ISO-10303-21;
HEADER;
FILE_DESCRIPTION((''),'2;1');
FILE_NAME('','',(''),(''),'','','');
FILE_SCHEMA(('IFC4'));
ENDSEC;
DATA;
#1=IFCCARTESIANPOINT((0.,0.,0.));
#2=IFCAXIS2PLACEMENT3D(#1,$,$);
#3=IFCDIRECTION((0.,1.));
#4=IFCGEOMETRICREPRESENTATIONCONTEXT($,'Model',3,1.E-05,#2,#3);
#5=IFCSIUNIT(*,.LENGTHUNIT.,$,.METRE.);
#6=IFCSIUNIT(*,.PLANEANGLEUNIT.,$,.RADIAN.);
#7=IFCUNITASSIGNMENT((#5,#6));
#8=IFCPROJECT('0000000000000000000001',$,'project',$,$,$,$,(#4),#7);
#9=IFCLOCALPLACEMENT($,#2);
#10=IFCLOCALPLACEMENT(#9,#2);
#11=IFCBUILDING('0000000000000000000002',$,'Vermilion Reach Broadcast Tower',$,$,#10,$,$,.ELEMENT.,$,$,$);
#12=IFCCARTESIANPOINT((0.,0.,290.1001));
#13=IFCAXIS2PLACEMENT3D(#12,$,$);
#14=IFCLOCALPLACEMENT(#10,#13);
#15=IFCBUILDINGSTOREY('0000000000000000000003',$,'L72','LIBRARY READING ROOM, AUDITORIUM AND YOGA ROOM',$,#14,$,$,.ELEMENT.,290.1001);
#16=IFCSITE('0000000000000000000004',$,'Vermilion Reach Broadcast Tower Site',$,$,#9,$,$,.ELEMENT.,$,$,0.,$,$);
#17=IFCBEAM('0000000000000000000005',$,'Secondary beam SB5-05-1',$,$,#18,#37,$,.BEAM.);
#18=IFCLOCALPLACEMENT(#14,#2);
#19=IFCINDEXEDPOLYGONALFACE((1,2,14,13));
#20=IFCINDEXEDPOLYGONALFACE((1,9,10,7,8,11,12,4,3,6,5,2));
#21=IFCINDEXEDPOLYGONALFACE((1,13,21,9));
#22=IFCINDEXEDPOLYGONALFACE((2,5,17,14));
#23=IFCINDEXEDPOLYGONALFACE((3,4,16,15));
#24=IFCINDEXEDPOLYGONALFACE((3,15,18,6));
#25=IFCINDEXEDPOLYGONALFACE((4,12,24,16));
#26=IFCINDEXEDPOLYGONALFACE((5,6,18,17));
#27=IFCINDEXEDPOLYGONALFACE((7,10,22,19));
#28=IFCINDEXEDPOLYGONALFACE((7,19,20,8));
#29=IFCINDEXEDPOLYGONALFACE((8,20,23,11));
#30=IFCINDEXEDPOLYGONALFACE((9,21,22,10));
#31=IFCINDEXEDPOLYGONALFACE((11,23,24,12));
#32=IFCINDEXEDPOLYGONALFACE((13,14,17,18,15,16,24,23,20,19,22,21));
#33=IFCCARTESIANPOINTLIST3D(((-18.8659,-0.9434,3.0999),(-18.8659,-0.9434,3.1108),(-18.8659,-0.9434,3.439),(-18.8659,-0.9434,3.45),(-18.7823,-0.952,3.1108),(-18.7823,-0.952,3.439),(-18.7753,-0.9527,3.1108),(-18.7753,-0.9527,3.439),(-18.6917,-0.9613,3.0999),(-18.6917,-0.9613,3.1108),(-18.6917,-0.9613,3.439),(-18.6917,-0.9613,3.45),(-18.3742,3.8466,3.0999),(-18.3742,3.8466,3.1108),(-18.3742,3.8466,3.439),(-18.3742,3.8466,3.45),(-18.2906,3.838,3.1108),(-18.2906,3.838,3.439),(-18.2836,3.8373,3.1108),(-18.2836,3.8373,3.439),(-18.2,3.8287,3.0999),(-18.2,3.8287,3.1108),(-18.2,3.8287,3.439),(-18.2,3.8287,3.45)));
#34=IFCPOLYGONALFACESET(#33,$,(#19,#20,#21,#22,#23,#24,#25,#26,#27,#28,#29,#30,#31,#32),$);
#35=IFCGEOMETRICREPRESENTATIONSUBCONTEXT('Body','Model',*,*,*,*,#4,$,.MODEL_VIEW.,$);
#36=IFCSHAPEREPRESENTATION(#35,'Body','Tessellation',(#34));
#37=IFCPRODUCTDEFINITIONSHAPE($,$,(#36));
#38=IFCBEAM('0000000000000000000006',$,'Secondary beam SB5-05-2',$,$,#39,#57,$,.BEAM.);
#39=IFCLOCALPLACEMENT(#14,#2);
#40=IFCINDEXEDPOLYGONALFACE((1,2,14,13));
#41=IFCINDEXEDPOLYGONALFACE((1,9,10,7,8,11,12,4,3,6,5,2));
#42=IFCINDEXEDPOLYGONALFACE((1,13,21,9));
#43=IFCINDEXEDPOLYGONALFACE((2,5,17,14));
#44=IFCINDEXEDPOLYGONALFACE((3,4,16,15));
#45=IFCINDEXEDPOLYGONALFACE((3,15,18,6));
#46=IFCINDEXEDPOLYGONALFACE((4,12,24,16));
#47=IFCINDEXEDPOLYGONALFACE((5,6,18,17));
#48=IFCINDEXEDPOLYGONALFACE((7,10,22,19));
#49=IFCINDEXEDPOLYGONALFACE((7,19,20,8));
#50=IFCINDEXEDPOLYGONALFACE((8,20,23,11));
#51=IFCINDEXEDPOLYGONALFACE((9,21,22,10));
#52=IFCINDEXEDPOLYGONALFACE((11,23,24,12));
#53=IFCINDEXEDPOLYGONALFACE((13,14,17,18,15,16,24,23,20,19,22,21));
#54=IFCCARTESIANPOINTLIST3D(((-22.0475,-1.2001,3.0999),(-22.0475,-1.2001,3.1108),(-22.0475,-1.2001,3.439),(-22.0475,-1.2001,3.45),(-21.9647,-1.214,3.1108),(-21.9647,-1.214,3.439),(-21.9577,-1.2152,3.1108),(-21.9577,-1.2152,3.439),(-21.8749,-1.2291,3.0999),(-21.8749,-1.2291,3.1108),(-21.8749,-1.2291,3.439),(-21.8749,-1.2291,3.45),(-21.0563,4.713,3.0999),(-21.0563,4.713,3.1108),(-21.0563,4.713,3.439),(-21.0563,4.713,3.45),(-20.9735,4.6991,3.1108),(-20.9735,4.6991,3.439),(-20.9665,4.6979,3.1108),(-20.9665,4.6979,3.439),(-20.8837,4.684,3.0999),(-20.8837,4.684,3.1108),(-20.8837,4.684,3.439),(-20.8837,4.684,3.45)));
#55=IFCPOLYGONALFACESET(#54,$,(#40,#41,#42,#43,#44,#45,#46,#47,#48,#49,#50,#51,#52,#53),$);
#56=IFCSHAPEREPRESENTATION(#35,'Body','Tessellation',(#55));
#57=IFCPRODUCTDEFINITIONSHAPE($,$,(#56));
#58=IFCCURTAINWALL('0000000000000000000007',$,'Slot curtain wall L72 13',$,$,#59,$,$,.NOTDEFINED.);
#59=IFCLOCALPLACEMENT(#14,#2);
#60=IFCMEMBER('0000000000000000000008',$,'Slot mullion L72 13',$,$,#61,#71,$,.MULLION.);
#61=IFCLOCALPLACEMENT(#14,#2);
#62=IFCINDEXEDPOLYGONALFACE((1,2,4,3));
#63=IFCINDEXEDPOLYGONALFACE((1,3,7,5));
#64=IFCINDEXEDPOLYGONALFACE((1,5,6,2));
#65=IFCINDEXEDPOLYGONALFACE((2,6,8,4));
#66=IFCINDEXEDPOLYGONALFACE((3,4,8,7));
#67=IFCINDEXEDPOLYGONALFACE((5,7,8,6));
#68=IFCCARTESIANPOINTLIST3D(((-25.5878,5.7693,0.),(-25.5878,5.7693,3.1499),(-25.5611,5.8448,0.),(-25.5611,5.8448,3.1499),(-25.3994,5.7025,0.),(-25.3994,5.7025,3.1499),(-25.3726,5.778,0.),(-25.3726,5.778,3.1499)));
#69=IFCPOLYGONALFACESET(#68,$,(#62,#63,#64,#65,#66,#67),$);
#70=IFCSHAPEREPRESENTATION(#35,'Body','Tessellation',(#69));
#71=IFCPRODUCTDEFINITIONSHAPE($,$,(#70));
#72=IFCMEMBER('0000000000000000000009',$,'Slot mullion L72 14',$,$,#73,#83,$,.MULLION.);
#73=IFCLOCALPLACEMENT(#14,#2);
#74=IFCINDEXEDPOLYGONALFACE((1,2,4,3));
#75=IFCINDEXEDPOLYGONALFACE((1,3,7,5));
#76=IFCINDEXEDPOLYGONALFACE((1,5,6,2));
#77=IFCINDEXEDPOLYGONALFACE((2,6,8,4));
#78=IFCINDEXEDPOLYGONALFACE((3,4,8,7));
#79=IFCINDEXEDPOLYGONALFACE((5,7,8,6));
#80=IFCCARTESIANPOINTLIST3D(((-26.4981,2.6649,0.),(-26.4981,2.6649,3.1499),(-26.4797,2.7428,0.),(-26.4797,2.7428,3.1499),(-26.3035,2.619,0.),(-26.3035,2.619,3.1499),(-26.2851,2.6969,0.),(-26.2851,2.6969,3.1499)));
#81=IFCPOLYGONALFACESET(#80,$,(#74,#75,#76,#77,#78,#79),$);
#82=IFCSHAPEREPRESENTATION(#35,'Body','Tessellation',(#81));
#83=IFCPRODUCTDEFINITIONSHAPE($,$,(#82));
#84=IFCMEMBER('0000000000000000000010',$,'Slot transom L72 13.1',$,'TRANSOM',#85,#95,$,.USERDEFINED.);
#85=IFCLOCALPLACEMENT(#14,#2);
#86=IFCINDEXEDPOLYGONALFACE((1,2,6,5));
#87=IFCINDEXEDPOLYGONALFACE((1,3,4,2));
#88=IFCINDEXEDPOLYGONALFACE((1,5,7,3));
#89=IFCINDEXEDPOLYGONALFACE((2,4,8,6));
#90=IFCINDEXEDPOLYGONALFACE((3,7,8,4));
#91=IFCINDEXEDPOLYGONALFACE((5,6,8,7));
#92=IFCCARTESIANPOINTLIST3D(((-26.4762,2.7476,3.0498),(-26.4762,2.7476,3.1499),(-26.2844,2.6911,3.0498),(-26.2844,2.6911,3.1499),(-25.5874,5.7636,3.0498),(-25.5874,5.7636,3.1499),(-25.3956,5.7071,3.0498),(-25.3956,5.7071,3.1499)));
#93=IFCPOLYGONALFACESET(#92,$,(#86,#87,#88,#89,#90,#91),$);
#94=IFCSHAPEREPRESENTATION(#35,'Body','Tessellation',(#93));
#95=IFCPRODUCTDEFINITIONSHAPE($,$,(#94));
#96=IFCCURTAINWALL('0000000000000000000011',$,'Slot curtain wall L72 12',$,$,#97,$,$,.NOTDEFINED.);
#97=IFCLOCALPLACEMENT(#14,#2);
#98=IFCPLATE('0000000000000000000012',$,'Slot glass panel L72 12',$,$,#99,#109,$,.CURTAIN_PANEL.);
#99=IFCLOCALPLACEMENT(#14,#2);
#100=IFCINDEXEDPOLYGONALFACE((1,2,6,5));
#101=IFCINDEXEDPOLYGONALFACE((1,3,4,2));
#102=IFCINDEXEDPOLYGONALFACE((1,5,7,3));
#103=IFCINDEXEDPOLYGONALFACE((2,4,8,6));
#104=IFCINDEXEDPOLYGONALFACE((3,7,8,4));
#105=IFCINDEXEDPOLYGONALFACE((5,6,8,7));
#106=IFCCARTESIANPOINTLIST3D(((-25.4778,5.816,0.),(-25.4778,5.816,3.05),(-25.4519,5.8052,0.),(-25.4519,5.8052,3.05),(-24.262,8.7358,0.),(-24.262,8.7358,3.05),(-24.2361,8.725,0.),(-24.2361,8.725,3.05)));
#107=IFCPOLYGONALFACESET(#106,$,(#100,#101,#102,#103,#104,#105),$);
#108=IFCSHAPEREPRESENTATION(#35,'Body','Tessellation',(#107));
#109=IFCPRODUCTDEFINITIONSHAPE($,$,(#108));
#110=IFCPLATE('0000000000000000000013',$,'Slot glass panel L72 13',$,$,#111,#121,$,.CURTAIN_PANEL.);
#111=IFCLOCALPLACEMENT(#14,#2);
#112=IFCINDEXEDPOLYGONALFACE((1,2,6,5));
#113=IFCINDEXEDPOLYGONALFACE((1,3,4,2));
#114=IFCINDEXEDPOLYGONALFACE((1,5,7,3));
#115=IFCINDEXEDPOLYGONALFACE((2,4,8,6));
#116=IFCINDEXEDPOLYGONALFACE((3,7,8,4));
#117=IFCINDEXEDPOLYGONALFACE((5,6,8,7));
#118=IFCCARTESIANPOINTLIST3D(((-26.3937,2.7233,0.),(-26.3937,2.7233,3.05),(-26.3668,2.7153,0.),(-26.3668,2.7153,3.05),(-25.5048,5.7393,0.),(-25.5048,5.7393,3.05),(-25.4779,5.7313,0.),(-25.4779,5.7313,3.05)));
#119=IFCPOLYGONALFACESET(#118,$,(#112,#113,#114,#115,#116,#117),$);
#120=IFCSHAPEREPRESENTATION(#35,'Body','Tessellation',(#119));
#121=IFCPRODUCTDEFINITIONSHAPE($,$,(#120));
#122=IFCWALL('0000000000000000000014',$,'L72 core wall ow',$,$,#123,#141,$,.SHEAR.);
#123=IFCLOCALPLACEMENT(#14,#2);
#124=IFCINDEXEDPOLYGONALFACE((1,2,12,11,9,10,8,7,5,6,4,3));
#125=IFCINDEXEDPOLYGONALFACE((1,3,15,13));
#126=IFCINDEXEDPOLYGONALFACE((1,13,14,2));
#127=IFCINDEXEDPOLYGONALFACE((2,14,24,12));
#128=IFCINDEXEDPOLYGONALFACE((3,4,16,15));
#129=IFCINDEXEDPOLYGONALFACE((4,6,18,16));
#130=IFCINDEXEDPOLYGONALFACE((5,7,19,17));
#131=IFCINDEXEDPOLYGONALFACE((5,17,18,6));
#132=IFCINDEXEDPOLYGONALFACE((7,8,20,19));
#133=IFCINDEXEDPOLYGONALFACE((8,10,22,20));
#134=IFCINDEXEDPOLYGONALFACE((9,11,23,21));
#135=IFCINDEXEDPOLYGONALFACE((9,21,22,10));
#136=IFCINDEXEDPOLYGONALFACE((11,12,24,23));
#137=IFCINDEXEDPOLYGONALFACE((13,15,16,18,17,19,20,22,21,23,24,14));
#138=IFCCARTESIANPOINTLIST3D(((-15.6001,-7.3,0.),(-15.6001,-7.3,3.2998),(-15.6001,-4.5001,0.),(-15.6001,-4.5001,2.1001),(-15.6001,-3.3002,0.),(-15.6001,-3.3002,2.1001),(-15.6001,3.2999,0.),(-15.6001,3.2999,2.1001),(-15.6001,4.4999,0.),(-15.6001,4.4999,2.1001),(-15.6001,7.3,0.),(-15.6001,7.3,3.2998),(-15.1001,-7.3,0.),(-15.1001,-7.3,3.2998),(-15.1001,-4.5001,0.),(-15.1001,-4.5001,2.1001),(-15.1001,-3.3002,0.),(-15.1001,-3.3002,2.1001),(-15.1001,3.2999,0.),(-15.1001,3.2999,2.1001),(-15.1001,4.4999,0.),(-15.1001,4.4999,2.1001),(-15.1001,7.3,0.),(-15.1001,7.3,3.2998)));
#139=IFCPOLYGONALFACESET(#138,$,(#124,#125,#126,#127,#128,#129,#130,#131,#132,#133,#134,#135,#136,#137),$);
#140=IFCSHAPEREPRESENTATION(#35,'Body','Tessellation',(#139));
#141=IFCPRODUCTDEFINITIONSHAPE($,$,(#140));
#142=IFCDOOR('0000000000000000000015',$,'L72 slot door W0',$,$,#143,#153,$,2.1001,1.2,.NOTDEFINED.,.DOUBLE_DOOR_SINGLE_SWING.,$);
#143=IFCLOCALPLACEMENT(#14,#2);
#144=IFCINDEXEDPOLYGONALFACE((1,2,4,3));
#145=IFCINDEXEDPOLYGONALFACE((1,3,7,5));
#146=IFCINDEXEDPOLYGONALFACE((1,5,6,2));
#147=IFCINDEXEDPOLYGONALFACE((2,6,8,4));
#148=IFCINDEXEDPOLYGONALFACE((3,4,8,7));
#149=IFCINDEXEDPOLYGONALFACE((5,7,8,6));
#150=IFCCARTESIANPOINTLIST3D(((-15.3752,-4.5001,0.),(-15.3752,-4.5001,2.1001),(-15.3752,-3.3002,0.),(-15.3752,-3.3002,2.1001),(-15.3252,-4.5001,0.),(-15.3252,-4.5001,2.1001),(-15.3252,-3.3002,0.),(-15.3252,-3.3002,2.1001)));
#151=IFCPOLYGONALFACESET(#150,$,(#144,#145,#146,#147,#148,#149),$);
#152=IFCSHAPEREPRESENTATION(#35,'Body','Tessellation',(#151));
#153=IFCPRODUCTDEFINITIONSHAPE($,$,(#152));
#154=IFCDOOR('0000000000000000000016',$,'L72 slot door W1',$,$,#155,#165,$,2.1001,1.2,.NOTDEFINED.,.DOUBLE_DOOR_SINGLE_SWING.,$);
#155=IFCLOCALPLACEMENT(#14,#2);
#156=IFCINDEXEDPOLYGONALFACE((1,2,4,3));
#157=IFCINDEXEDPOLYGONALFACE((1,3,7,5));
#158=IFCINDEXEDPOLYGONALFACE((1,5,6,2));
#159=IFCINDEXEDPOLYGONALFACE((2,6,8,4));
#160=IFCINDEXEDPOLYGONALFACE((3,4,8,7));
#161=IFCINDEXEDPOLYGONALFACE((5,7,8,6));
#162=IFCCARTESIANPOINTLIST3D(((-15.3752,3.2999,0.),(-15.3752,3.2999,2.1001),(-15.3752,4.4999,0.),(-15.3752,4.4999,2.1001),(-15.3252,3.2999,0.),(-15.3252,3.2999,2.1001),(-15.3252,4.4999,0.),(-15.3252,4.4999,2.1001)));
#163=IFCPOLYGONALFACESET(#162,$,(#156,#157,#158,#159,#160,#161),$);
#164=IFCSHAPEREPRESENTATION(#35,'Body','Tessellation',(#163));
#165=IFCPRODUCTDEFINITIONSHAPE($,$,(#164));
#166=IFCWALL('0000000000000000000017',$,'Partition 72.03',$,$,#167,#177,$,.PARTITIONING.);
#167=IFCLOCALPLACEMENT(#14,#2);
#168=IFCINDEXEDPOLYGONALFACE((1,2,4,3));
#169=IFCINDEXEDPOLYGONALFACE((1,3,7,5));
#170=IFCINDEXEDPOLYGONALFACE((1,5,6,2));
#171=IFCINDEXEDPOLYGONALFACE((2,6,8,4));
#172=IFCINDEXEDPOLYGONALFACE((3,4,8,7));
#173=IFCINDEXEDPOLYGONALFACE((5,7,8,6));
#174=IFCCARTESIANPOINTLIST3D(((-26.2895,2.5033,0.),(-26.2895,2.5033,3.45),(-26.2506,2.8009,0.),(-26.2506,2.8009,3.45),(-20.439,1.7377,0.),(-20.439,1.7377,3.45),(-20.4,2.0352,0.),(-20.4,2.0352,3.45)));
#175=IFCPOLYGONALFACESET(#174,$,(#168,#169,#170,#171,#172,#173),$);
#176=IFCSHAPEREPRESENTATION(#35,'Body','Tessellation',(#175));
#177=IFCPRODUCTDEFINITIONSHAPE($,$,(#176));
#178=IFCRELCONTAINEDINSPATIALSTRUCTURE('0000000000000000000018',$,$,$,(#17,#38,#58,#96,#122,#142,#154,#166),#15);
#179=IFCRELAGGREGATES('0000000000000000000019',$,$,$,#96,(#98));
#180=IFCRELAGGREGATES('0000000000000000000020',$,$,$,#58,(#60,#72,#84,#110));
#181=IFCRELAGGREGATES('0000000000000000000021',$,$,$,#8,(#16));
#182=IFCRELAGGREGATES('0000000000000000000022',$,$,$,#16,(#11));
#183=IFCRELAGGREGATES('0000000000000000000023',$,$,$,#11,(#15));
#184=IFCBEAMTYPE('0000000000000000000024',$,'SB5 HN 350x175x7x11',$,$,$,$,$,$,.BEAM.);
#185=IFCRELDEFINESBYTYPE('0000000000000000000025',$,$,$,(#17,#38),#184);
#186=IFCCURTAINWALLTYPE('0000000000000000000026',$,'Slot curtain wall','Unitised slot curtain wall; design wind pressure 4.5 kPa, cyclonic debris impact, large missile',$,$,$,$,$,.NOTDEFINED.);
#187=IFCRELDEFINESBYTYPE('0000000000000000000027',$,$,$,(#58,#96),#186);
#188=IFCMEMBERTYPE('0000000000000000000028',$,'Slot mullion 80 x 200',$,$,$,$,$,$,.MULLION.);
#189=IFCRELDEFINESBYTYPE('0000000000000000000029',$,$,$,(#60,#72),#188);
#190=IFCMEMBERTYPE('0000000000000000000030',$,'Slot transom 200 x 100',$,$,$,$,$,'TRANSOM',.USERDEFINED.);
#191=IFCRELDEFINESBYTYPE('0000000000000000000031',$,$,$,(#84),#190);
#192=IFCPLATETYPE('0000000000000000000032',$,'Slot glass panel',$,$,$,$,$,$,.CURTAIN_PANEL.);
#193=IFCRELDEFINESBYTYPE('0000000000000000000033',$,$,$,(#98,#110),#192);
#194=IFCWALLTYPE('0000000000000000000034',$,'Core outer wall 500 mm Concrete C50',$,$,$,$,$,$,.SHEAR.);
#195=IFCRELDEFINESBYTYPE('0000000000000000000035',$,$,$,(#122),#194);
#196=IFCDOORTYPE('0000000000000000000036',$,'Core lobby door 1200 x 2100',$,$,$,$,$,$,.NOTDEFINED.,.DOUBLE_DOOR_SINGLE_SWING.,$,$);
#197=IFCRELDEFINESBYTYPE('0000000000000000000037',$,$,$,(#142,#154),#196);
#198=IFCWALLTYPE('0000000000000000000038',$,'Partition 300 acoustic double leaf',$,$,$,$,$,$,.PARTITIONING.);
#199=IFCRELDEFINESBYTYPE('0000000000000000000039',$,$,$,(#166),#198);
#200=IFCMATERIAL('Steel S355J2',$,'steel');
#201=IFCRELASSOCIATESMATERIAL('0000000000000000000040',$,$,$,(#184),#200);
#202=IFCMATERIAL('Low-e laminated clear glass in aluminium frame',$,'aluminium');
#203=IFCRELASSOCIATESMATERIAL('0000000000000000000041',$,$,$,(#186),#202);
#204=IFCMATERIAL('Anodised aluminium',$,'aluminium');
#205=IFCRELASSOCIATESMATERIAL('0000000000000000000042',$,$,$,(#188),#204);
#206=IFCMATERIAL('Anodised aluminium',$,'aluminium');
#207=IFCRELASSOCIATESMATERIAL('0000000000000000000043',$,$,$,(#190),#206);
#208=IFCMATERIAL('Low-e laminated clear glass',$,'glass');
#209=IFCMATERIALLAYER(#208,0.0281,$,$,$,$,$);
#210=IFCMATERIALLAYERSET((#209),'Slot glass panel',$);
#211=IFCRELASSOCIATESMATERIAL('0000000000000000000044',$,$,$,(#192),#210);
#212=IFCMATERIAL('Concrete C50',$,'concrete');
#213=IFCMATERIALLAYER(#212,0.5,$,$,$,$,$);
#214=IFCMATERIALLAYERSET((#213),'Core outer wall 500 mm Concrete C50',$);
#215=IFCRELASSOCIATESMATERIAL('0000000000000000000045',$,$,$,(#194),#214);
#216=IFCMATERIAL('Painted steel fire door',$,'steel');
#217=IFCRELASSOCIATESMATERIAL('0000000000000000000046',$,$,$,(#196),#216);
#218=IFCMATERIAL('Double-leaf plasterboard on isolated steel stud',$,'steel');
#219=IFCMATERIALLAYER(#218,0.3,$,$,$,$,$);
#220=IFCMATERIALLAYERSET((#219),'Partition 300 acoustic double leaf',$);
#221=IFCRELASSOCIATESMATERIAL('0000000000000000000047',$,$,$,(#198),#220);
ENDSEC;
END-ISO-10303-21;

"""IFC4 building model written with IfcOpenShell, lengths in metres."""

from ifc_helpers import new_model, si_unit, direction, frame, frame_2d, origin, origin_2d, place, context, subcontext, project, spatial, rectangle, i_section, extrude, material, layer, layer_set, material_profile, profile_set, type_object, element, fill, aggregate, save


model = new_model("IFC4")

# Units and contexts
model_context = context("Model", 3, precision=1e-05, world=origin(), true_north=direction((0.0, 1.0)))
body_context = subcontext(model_context, "Body", "Model", "MODEL_VIEW")
ifc_project = project(units=[si_unit("LENGTHUNIT", "METRE"), si_unit("PLANEANGLEUNIT", "RADIAN")], contexts=[model_context])

# Site, building, storey
site_placement = place(None, origin())
site = spatial("IfcSite", under=ifc_project, at=site_placement, Name="Vermilion Reach Broadcast Tower Site", CompositionType="ELEMENT", RefElevation=0.0)
building_placement = place(site_placement, origin())
building = spatial("IfcBuilding", under=site, at=building_placement, Name="Vermilion Reach Broadcast Tower", CompositionType="ELEMENT")
storey_placement = place(building_placement, frame((0.0, 0.0, 290.1001)))
storey = spatial("IfcBuildingStorey", under=building, at=storey_placement, Name="L72", Description="LIBRARY READING ROOM, AUDITORIUM AND YOGA ROOM", CompositionType="ELEMENT", Elevation=290.1001)

# Beams
ifc_material_1 = material(Name="Steel S355J2", Category="steel")
ifc_material_profile_1 = material_profile(ifc_material_1, i_section(OverallWidth=0.175, OverallDepth=0.3501, WebThickness=0.0071, FlangeThickness=0.011, at=origin_2d()), Name="S355J2 HN 350x175x7x11")
ifc_profile_set_1 = profile_set([ifc_material_profile_1], Name="Steel S355J2")
beam_type_1 = type_object("IfcBeamType", Name="SB5 HN 350x175x7x11", PredefinedType="BEAM", material=ifc_profile_set_1)
beam_1_placement = place(storey_placement, frame((-18.2871, 3.8376, 3.2749), z_axis=(-0.102114, -0.994773, 0.0), x_axis=(0.994773, -0.102114, 0.0)))
element("IfcBeam", 1, at=beam_1_placement, inside=storey, type_object=beam_type_1, Name="Secondary beam SB5-05-1", PredefinedType="BEAM", context=body_context, shape_type="SweptSolid", body=[
    extrude(i_section(OverallWidth=0.175, OverallDepth=0.3501, WebThickness=0.0071, FlangeThickness=0.011, at=origin_2d()), origin(), (0.0, 0.0, 1.0), 4.8152),
])
beam_2_placement = place(storey_placement, frame((-20.97, 4.6985, 3.2749), z_axis=(-0.165323, -0.986239, 0.0), x_axis=(0.986239, -0.165323, 0.0)))
element("IfcBeam", 2, at=beam_2_placement, inside=storey, type_object=beam_type_1, Name="Secondary beam SB5-05-2", PredefinedType="BEAM", context=body_context, shape_type="SweptSolid", body=[
    extrude(i_section(OverallWidth=0.175, OverallDepth=0.3501, WebThickness=0.0071, FlangeThickness=0.011, at=origin_2d()), origin(), (0.0, 0.0, 1.0), 5.9956),
])

# Curtain wall, members
ifc_material_2 = material(Name="Low-e laminated clear glass in aluminium frame", Category="aluminium")
curtain_wall_type = type_object("IfcCurtainWallType", Name="Slot curtain wall", Description="Unitised slot curtain wall; design wind pressure 4.5 kPa, cyclonic debris impact, large missile", PredefinedType="NOTDEFINED", material=ifc_material_2)
placement = place(storey_placement, origin())
curtain_wall_1 = element("IfcCurtainWall", 3, at=placement, inside=storey, type_object=curtain_wall_type, Name="Slot curtain wall L72 13", PredefinedType="NOTDEFINED")
ifc_material_3 = material(Name="Anodised aluminium", Category="aluminium")
ifc_material_profile_2 = material_profile(ifc_material_3, rectangle(XDim=0.2, YDim=0.0801, at=origin_2d()), Name="Slot mullion 80 x 200")
ifc_profile_set_2 = profile_set([ifc_material_profile_2], Name="Anodised aluminium")
member_type_1 = type_object("IfcMemberType", Name="Slot mullion 80 x 200", PredefinedType="MULLION", material=ifc_profile_set_2)
member_1_placement = place(storey_placement, frame((-25.4802, 5.7737, 0.0), z_axis=(0.0, 0.0, 1.0), x_axis=(0.942559, -0.334039, 0.0)))
member_1 = element("IfcMember", 4, at=member_1_placement, type_object=member_type_1, Name="Slot mullion L72 13", PredefinedType="MULLION", context=body_context, shape_type="SweptSolid", body=[
    extrude(rectangle(XDim=0.2, YDim=0.0801, at=origin_2d()), origin(), (0.0, 0.0, 1.0), 3.1499),
])
member_2_placement = place(storey_placement, frame((-26.3916, 2.6809, 0.0), z_axis=(0.0, 0.0, 1.0), x_axis=(0.973263, -0.229694, 0.0)))
member_2 = element("IfcMember", 5, at=member_2_placement, type_object=member_type_1, Name="Slot mullion L72 14", PredefinedType="MULLION", context=body_context, shape_type="SweptSolid", body=[
    extrude(rectangle(XDim=0.2, YDim=0.0801, at=origin_2d()), origin(), (0.0, 0.0, 1.0), 3.1499),
])
ifc_material_4 = material(Name="Anodised aluminium", Category="aluminium")
ifc_material_profile_3 = material_profile(ifc_material_4, rectangle(XDim=0.2, YDim=0.1001, at=origin_2d()), Name="Slot transom 200 x 100")
ifc_profile_set_3 = profile_set([ifc_material_profile_3], Name="Anodised aluminium")
member_type_2 = type_object("IfcMemberType", Name="Slot transom 200 x 100", ElementType="TRANSOM", PredefinedType="USERDEFINED", material=ifc_profile_set_3)
member_3_placement = place(storey_placement, frame((-25.4915, 5.7354, 3.0999), z_axis=(-0.2827, -0.959208, 0.0), x_axis=(0.959208, -0.2827, 0.0)))
member_3 = element("IfcMember", 6, at=member_3_placement, type_object=member_type_2, Name="Slot transom L72 13.1", ObjectType="TRANSOM", PredefinedType="USERDEFINED", context=body_context, shape_type="SweptSolid", body=[
    extrude(rectangle(XDim=0.2, YDim=0.1001, at=origin_2d()), origin(), (0.0, 0.0, 1.0), 3.1443),
])

# Curtain wall, plate
curtain_wall_2 = element("IfcCurtainWall", 7, at=placement, inside=storey, type_object=curtain_wall_type, Name="Slot curtain wall L72 12", PredefinedType="NOTDEFINED")
ifc_material_5 = material(Name="Low-e laminated clear glass", Category="glass")
ifc_layer_1 = layer(ifc_material_5, 0.0281)
ifc_layer_set_1 = layer_set([ifc_layer_1], Name="Slot glass panel")
plate_type = type_object("IfcPlateType", Name="Slot glass panel", PredefinedType="CURTAIN_PANEL", material=ifc_layer_set_1)
plate_1_placement = place(storey_placement, frame((-24.8569, 7.2705, 0.0), z_axis=(0.0, 0.0, 1.0), x_axis=(-0.384387, -0.923172, 0.0)))
plate_1 = element("IfcPlate", 8, at=plate_1_placement, type_object=plate_type, Name="Slot glass panel L72 12", PredefinedType="CURTAIN_PANEL", context=body_context, shape_type="SweptSolid", body=[
    extrude(rectangle(XDim=3.1628, YDim=0.0281, at=origin_2d()), origin(), (0.0, 0.0, 1.0), 3.05),
])
aggregate(curtain_wall_2, [plate_1])

# Plate
plate_2_placement = place(storey_placement, frame((-25.9358, 4.2273, 0.0), z_axis=(0.0, 0.0, 1.0), x_axis=(-0.282718, -0.959203, 0.0)))
plate_2 = element("IfcPlate", 9, at=plate_2_placement, type_object=plate_type, Name="Slot glass panel L72 13", PredefinedType="CURTAIN_PANEL", context=body_context, shape_type="SweptSolid", body=[
    extrude(rectangle(XDim=3.1443, YDim=0.0281, at=origin_2d()), origin(), (0.0, 0.0, 1.0), 3.05),
])
aggregate(curtain_wall_1, [member_1, member_2, member_3, plate_2])

# Wall, openings, doors
ifc_material_6 = material(Name="Concrete C50", Category="concrete")
ifc_layer_2 = layer(ifc_material_6, 0.5)
ifc_layer_set_2 = layer_set([ifc_layer_2], Name="Core outer wall 500 mm Concrete C50")
wall_type_1 = type_object("IfcWallType", Name="Core outer wall 500 mm Concrete C50", PredefinedType="SHEAR", material=ifc_layer_set_2)
wall_1_placement = place(storey_placement, frame((-15.3501, 7.3, 0.0), z_axis=(0.0, 0.0, 1.0), x_axis=(0.0, -1.0, 0.0)))
wall_1 = element("IfcWall", 10, at=wall_1_placement, inside=storey, type_object=wall_type_1, Name="L72 core wall ow", PredefinedType="SHEAR", context=body_context, shape_type="SweptSolid", body=[
    extrude(rectangle(XDim=14.6001, YDim=0.5, at=frame_2d((7.3, 0.0))), origin(), (0.0, 0.0, 1.0), 3.2998),
])
opening_1_placement = place(wall_1_placement, frame((10.6001, 0.0, 0.0)))
opening_1 = element("IfcOpeningElement", 11, at=opening_1_placement, cuts=wall_1, PredefinedType="OPENING", context=body_context, shape_type="SweptSolid", body=[
    extrude(rectangle(XDim=1.2, YDim=2.1001, at=frame_2d((0.6001, 1.05))), frame((0.0, 0.26, 0.0), z_axis=(0.0, -1.0, 0.0), x_axis=(1.0, 0.0, 0.0)), (0.0, 0.0, 1.0), 0.52),
])
opening_2_placement = place(wall_1_placement, frame((2.8, 0.0, 0.0)))
opening_2 = element("IfcOpeningElement", 12, at=opening_2_placement, cuts=wall_1, PredefinedType="OPENING", context=body_context, shape_type="SweptSolid", body=[
    extrude(rectangle(XDim=1.2, YDim=2.1001, at=frame_2d((0.6001, 1.05))), frame((0.0, 0.26, 0.0), z_axis=(0.0, -1.0, 0.0), x_axis=(1.0, 0.0, 0.0)), (0.0, 0.0, 1.0), 0.52),
])
ifc_material_7 = material(Name="Painted steel fire door", Category="steel")
door_type = type_object("IfcDoorType", Name="Core lobby door 1200 x 2100", OperationType="DOUBLE_DOOR_SINGLE_SWING", PredefinedType="NOTDEFINED", material=ifc_material_7)
door_1_placement = place(opening_1_placement, origin())
door_1 = element("IfcDoor", 13, at=door_1_placement, inside=storey, type_object=door_type, Name="L72 slot door W0", OperationType="DOUBLE_DOOR_SINGLE_SWING", OverallHeight=2.1001, OverallWidth=1.2, PredefinedType="NOTDEFINED", context=body_context, shape_type="SweptSolid", body=[
    extrude(rectangle(XDim=1.2, YDim=2.1001, at=frame_2d((0.6001, 1.05))), frame((0.0, 0.0249, 0.0), z_axis=(0.0, -1.0, 0.0), x_axis=(1.0, 0.0, 0.0)), (0.0, 0.0, 1.0), 0.05),
])
fill(opening_1, door_1)
door_2_placement = place(opening_2_placement, origin())
door_2 = element("IfcDoor", 14, at=door_2_placement, inside=storey, type_object=door_type, Name="L72 slot door W1", OperationType="DOUBLE_DOOR_SINGLE_SWING", OverallHeight=2.1001, OverallWidth=1.2, PredefinedType="NOTDEFINED", context=body_context, shape_type="SweptSolid", body=[
    extrude(rectangle(XDim=1.2, YDim=2.1001, at=frame_2d((0.6001, 1.05))), frame((0.0, 0.0249, 0.0), z_axis=(0.0, -1.0, 0.0), x_axis=(1.0, 0.0, 0.0)), (0.0, 0.0, 1.0), 0.05),
])
fill(opening_2, door_2)

# Wall
ifc_material_8 = material(Name="Double-leaf plasterboard on isolated steel stud", Category="steel")
ifc_layer_3 = layer(ifc_material_8, 0.3)
ifc_layer_set_3 = layer_set([ifc_layer_3], Name="Partition 300 acoustic double leaf")
wall_type_2 = type_object("IfcWallType", Name="Partition 300 acoustic double leaf", PredefinedType="PARTITIONING", material=ifc_layer_set_3)
wall_2_placement = place(storey_placement, frame((-26.27, 2.6521, 0.0), z_axis=(0.0, 0.0, 1.0), x_axis=(0.991546, -0.129757, 0.0)))
element("IfcWall", 15, at=wall_2_placement, inside=storey, type_object=wall_type_2, Name="Partition 72.03", PredefinedType="PARTITIONING", context=body_context, shape_type="SweptSolid", body=[
    extrude(rectangle(XDim=5.9004, YDim=0.3, at=frame_2d((2.9502, 0.0))), origin(), (0.0, 0.0, 1.0), 3.45),
])

save(model, "model.ifc")
